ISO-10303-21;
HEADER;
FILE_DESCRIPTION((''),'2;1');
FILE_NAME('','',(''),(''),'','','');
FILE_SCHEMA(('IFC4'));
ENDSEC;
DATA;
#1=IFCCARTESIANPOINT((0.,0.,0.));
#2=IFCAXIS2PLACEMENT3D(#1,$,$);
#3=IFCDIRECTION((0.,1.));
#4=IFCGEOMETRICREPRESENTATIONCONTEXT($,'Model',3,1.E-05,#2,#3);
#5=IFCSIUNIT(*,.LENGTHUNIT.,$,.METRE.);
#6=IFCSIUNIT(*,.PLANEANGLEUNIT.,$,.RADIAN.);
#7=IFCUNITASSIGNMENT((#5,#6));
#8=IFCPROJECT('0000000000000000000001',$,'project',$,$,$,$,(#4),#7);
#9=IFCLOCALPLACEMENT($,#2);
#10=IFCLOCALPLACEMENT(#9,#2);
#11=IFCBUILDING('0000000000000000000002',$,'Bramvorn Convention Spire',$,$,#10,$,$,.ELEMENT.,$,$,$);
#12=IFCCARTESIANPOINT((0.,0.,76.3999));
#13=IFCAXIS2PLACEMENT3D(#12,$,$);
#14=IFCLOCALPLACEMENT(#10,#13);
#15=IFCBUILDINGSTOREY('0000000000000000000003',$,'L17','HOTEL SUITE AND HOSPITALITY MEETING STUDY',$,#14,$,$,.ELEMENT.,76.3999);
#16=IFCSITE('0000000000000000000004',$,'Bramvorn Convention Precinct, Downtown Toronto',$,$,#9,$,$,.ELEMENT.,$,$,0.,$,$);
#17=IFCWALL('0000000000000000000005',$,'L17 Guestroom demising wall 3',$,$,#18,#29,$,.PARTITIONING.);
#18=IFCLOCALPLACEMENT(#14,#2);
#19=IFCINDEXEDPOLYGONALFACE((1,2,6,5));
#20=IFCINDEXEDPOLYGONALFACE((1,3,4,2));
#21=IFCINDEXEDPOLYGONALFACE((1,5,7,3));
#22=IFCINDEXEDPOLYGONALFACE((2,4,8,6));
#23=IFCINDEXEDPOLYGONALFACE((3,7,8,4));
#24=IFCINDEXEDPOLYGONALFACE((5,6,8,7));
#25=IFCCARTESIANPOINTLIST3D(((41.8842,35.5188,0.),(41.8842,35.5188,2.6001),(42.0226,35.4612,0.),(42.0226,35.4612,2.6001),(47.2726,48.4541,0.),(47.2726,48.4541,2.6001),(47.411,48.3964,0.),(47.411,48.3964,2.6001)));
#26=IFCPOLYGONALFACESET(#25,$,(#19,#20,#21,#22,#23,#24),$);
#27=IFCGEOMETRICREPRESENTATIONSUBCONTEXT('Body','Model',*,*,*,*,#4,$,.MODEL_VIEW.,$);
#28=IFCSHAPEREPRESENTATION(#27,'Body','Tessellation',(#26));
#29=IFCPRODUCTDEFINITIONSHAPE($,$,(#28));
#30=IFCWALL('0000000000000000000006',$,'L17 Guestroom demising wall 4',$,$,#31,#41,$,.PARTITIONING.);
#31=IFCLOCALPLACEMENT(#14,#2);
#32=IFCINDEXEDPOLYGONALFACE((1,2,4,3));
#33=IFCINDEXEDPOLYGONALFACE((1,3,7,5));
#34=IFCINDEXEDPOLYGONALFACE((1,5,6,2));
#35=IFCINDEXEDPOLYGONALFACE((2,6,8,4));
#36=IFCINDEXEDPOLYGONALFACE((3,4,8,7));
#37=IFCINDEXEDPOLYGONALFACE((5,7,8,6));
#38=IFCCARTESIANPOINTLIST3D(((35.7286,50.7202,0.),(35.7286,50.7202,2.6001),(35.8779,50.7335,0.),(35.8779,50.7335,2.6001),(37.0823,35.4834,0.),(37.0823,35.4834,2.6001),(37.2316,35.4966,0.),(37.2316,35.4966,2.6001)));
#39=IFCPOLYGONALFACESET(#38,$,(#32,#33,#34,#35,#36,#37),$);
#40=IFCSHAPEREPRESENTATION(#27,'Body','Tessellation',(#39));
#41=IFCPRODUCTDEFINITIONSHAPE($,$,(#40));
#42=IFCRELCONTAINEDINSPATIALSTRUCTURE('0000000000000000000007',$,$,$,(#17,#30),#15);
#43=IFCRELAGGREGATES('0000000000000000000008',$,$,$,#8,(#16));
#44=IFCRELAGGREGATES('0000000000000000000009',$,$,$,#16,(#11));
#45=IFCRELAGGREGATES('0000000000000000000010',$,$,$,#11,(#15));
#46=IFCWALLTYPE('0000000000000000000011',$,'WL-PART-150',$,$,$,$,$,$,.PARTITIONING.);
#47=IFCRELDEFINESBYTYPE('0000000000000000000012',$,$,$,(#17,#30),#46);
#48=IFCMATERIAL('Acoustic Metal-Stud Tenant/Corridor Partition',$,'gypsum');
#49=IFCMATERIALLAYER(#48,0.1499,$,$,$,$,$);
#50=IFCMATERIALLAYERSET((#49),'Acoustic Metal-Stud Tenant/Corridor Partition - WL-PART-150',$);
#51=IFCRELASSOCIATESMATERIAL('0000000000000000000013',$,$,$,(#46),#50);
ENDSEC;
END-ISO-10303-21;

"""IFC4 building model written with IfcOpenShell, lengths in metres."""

from ifc_helpers import new_model, si_unit, direction, frame, frame_2d, origin, place, context, subcontext, project, spatial, rectangle, extrude, material, layer, layer_set, type_object, element, save


model = new_model("IFC4")

# Units and contexts
model_context = context("Model", 3, precision=1e-05, world=origin(), true_north=direction((0.0, 1.0)))
body_context = subcontext(model_context, "Body", "Model", "MODEL_VIEW")
ifc_project = project(units=[si_unit("LENGTHUNIT", "METRE"), si_unit("PLANEANGLEUNIT", "RADIAN")], contexts=[model_context])

# Site, building, storey
site_placement = place(None, origin())
site = spatial("IfcSite", under=ifc_project, at=site_placement, Name="Bramvorn Convention Precinct, Downtown Toronto", CompositionType="ELEMENT", RefElevation=0.0)
building_placement = place(site_placement, origin())
building = spatial("IfcBuilding", under=site, at=building_placement, Name="Bramvorn Convention Spire", CompositionType="ELEMENT")
storey_placement = place(building_placement, frame((0.0, 0.0, 76.3999)))
storey = spatial("IfcBuildingStorey", under=building, at=storey_placement, Name="L17", Description="HOTEL SUITE AND HOSPITALITY MEETING STUDY", CompositionType="ELEMENT", Elevation=76.3999)

# Walls
ifc_material_1 = material(Name="Acoustic Metal-Stud Tenant/Corridor Partition", Category="gypsum")
ifc_layer_1 = layer(ifc_material_1, 0.1499)
ifc_layer_set_1 = layer_set([ifc_layer_1], Name="Acoustic Metal-Stud Tenant/Corridor Partition - WL-PART-150")
wall_type_1 = type_object("IfcWallType", Name="WL-PART-150", PredefinedType="PARTITIONING", material=ifc_layer_set_1)
wall_1_placement = place(storey_placement, frame((41.9534, 35.49, 0.0), z_axis=(0.0, 0.0, 1.0), x_axis=(0.384537, 0.923109, 0.0)))
element("IfcWall", 1, at=wall_1_placement, inside=storey, type_object=wall_type_1, Name="L17 Guestroom demising wall 3", PredefinedType="PARTITIONING", context=body_context, shape_type="SweptSolid", body=[
    extrude(rectangle(XDim=14.0127, YDim=0.1499, at=frame_2d((7.0063, 0.0))), origin(), (0.0, 0.0, 1.0), 2.6001),
])
wall_2_placement = place(storey_placement, frame((37.157, 35.49, 0.0), z_axis=(0.0, 0.0, 1.0), x_axis=(-0.088499, 0.996076, 0.0)))
element("IfcWall", 2, at=wall_2_placement, inside=storey, type_object=wall_type_1, Name="L17 Guestroom demising wall 4", PredefinedType="PARTITIONING", context=body_context, shape_type="SweptSolid", body=[
    extrude(rectangle(XDim=15.2969, YDim=0.1499, at=frame_2d((7.6484, 0.0))), origin(), (0.0, 0.0, 1.0), 2.6001),
])

save(model, "model.ifc")
